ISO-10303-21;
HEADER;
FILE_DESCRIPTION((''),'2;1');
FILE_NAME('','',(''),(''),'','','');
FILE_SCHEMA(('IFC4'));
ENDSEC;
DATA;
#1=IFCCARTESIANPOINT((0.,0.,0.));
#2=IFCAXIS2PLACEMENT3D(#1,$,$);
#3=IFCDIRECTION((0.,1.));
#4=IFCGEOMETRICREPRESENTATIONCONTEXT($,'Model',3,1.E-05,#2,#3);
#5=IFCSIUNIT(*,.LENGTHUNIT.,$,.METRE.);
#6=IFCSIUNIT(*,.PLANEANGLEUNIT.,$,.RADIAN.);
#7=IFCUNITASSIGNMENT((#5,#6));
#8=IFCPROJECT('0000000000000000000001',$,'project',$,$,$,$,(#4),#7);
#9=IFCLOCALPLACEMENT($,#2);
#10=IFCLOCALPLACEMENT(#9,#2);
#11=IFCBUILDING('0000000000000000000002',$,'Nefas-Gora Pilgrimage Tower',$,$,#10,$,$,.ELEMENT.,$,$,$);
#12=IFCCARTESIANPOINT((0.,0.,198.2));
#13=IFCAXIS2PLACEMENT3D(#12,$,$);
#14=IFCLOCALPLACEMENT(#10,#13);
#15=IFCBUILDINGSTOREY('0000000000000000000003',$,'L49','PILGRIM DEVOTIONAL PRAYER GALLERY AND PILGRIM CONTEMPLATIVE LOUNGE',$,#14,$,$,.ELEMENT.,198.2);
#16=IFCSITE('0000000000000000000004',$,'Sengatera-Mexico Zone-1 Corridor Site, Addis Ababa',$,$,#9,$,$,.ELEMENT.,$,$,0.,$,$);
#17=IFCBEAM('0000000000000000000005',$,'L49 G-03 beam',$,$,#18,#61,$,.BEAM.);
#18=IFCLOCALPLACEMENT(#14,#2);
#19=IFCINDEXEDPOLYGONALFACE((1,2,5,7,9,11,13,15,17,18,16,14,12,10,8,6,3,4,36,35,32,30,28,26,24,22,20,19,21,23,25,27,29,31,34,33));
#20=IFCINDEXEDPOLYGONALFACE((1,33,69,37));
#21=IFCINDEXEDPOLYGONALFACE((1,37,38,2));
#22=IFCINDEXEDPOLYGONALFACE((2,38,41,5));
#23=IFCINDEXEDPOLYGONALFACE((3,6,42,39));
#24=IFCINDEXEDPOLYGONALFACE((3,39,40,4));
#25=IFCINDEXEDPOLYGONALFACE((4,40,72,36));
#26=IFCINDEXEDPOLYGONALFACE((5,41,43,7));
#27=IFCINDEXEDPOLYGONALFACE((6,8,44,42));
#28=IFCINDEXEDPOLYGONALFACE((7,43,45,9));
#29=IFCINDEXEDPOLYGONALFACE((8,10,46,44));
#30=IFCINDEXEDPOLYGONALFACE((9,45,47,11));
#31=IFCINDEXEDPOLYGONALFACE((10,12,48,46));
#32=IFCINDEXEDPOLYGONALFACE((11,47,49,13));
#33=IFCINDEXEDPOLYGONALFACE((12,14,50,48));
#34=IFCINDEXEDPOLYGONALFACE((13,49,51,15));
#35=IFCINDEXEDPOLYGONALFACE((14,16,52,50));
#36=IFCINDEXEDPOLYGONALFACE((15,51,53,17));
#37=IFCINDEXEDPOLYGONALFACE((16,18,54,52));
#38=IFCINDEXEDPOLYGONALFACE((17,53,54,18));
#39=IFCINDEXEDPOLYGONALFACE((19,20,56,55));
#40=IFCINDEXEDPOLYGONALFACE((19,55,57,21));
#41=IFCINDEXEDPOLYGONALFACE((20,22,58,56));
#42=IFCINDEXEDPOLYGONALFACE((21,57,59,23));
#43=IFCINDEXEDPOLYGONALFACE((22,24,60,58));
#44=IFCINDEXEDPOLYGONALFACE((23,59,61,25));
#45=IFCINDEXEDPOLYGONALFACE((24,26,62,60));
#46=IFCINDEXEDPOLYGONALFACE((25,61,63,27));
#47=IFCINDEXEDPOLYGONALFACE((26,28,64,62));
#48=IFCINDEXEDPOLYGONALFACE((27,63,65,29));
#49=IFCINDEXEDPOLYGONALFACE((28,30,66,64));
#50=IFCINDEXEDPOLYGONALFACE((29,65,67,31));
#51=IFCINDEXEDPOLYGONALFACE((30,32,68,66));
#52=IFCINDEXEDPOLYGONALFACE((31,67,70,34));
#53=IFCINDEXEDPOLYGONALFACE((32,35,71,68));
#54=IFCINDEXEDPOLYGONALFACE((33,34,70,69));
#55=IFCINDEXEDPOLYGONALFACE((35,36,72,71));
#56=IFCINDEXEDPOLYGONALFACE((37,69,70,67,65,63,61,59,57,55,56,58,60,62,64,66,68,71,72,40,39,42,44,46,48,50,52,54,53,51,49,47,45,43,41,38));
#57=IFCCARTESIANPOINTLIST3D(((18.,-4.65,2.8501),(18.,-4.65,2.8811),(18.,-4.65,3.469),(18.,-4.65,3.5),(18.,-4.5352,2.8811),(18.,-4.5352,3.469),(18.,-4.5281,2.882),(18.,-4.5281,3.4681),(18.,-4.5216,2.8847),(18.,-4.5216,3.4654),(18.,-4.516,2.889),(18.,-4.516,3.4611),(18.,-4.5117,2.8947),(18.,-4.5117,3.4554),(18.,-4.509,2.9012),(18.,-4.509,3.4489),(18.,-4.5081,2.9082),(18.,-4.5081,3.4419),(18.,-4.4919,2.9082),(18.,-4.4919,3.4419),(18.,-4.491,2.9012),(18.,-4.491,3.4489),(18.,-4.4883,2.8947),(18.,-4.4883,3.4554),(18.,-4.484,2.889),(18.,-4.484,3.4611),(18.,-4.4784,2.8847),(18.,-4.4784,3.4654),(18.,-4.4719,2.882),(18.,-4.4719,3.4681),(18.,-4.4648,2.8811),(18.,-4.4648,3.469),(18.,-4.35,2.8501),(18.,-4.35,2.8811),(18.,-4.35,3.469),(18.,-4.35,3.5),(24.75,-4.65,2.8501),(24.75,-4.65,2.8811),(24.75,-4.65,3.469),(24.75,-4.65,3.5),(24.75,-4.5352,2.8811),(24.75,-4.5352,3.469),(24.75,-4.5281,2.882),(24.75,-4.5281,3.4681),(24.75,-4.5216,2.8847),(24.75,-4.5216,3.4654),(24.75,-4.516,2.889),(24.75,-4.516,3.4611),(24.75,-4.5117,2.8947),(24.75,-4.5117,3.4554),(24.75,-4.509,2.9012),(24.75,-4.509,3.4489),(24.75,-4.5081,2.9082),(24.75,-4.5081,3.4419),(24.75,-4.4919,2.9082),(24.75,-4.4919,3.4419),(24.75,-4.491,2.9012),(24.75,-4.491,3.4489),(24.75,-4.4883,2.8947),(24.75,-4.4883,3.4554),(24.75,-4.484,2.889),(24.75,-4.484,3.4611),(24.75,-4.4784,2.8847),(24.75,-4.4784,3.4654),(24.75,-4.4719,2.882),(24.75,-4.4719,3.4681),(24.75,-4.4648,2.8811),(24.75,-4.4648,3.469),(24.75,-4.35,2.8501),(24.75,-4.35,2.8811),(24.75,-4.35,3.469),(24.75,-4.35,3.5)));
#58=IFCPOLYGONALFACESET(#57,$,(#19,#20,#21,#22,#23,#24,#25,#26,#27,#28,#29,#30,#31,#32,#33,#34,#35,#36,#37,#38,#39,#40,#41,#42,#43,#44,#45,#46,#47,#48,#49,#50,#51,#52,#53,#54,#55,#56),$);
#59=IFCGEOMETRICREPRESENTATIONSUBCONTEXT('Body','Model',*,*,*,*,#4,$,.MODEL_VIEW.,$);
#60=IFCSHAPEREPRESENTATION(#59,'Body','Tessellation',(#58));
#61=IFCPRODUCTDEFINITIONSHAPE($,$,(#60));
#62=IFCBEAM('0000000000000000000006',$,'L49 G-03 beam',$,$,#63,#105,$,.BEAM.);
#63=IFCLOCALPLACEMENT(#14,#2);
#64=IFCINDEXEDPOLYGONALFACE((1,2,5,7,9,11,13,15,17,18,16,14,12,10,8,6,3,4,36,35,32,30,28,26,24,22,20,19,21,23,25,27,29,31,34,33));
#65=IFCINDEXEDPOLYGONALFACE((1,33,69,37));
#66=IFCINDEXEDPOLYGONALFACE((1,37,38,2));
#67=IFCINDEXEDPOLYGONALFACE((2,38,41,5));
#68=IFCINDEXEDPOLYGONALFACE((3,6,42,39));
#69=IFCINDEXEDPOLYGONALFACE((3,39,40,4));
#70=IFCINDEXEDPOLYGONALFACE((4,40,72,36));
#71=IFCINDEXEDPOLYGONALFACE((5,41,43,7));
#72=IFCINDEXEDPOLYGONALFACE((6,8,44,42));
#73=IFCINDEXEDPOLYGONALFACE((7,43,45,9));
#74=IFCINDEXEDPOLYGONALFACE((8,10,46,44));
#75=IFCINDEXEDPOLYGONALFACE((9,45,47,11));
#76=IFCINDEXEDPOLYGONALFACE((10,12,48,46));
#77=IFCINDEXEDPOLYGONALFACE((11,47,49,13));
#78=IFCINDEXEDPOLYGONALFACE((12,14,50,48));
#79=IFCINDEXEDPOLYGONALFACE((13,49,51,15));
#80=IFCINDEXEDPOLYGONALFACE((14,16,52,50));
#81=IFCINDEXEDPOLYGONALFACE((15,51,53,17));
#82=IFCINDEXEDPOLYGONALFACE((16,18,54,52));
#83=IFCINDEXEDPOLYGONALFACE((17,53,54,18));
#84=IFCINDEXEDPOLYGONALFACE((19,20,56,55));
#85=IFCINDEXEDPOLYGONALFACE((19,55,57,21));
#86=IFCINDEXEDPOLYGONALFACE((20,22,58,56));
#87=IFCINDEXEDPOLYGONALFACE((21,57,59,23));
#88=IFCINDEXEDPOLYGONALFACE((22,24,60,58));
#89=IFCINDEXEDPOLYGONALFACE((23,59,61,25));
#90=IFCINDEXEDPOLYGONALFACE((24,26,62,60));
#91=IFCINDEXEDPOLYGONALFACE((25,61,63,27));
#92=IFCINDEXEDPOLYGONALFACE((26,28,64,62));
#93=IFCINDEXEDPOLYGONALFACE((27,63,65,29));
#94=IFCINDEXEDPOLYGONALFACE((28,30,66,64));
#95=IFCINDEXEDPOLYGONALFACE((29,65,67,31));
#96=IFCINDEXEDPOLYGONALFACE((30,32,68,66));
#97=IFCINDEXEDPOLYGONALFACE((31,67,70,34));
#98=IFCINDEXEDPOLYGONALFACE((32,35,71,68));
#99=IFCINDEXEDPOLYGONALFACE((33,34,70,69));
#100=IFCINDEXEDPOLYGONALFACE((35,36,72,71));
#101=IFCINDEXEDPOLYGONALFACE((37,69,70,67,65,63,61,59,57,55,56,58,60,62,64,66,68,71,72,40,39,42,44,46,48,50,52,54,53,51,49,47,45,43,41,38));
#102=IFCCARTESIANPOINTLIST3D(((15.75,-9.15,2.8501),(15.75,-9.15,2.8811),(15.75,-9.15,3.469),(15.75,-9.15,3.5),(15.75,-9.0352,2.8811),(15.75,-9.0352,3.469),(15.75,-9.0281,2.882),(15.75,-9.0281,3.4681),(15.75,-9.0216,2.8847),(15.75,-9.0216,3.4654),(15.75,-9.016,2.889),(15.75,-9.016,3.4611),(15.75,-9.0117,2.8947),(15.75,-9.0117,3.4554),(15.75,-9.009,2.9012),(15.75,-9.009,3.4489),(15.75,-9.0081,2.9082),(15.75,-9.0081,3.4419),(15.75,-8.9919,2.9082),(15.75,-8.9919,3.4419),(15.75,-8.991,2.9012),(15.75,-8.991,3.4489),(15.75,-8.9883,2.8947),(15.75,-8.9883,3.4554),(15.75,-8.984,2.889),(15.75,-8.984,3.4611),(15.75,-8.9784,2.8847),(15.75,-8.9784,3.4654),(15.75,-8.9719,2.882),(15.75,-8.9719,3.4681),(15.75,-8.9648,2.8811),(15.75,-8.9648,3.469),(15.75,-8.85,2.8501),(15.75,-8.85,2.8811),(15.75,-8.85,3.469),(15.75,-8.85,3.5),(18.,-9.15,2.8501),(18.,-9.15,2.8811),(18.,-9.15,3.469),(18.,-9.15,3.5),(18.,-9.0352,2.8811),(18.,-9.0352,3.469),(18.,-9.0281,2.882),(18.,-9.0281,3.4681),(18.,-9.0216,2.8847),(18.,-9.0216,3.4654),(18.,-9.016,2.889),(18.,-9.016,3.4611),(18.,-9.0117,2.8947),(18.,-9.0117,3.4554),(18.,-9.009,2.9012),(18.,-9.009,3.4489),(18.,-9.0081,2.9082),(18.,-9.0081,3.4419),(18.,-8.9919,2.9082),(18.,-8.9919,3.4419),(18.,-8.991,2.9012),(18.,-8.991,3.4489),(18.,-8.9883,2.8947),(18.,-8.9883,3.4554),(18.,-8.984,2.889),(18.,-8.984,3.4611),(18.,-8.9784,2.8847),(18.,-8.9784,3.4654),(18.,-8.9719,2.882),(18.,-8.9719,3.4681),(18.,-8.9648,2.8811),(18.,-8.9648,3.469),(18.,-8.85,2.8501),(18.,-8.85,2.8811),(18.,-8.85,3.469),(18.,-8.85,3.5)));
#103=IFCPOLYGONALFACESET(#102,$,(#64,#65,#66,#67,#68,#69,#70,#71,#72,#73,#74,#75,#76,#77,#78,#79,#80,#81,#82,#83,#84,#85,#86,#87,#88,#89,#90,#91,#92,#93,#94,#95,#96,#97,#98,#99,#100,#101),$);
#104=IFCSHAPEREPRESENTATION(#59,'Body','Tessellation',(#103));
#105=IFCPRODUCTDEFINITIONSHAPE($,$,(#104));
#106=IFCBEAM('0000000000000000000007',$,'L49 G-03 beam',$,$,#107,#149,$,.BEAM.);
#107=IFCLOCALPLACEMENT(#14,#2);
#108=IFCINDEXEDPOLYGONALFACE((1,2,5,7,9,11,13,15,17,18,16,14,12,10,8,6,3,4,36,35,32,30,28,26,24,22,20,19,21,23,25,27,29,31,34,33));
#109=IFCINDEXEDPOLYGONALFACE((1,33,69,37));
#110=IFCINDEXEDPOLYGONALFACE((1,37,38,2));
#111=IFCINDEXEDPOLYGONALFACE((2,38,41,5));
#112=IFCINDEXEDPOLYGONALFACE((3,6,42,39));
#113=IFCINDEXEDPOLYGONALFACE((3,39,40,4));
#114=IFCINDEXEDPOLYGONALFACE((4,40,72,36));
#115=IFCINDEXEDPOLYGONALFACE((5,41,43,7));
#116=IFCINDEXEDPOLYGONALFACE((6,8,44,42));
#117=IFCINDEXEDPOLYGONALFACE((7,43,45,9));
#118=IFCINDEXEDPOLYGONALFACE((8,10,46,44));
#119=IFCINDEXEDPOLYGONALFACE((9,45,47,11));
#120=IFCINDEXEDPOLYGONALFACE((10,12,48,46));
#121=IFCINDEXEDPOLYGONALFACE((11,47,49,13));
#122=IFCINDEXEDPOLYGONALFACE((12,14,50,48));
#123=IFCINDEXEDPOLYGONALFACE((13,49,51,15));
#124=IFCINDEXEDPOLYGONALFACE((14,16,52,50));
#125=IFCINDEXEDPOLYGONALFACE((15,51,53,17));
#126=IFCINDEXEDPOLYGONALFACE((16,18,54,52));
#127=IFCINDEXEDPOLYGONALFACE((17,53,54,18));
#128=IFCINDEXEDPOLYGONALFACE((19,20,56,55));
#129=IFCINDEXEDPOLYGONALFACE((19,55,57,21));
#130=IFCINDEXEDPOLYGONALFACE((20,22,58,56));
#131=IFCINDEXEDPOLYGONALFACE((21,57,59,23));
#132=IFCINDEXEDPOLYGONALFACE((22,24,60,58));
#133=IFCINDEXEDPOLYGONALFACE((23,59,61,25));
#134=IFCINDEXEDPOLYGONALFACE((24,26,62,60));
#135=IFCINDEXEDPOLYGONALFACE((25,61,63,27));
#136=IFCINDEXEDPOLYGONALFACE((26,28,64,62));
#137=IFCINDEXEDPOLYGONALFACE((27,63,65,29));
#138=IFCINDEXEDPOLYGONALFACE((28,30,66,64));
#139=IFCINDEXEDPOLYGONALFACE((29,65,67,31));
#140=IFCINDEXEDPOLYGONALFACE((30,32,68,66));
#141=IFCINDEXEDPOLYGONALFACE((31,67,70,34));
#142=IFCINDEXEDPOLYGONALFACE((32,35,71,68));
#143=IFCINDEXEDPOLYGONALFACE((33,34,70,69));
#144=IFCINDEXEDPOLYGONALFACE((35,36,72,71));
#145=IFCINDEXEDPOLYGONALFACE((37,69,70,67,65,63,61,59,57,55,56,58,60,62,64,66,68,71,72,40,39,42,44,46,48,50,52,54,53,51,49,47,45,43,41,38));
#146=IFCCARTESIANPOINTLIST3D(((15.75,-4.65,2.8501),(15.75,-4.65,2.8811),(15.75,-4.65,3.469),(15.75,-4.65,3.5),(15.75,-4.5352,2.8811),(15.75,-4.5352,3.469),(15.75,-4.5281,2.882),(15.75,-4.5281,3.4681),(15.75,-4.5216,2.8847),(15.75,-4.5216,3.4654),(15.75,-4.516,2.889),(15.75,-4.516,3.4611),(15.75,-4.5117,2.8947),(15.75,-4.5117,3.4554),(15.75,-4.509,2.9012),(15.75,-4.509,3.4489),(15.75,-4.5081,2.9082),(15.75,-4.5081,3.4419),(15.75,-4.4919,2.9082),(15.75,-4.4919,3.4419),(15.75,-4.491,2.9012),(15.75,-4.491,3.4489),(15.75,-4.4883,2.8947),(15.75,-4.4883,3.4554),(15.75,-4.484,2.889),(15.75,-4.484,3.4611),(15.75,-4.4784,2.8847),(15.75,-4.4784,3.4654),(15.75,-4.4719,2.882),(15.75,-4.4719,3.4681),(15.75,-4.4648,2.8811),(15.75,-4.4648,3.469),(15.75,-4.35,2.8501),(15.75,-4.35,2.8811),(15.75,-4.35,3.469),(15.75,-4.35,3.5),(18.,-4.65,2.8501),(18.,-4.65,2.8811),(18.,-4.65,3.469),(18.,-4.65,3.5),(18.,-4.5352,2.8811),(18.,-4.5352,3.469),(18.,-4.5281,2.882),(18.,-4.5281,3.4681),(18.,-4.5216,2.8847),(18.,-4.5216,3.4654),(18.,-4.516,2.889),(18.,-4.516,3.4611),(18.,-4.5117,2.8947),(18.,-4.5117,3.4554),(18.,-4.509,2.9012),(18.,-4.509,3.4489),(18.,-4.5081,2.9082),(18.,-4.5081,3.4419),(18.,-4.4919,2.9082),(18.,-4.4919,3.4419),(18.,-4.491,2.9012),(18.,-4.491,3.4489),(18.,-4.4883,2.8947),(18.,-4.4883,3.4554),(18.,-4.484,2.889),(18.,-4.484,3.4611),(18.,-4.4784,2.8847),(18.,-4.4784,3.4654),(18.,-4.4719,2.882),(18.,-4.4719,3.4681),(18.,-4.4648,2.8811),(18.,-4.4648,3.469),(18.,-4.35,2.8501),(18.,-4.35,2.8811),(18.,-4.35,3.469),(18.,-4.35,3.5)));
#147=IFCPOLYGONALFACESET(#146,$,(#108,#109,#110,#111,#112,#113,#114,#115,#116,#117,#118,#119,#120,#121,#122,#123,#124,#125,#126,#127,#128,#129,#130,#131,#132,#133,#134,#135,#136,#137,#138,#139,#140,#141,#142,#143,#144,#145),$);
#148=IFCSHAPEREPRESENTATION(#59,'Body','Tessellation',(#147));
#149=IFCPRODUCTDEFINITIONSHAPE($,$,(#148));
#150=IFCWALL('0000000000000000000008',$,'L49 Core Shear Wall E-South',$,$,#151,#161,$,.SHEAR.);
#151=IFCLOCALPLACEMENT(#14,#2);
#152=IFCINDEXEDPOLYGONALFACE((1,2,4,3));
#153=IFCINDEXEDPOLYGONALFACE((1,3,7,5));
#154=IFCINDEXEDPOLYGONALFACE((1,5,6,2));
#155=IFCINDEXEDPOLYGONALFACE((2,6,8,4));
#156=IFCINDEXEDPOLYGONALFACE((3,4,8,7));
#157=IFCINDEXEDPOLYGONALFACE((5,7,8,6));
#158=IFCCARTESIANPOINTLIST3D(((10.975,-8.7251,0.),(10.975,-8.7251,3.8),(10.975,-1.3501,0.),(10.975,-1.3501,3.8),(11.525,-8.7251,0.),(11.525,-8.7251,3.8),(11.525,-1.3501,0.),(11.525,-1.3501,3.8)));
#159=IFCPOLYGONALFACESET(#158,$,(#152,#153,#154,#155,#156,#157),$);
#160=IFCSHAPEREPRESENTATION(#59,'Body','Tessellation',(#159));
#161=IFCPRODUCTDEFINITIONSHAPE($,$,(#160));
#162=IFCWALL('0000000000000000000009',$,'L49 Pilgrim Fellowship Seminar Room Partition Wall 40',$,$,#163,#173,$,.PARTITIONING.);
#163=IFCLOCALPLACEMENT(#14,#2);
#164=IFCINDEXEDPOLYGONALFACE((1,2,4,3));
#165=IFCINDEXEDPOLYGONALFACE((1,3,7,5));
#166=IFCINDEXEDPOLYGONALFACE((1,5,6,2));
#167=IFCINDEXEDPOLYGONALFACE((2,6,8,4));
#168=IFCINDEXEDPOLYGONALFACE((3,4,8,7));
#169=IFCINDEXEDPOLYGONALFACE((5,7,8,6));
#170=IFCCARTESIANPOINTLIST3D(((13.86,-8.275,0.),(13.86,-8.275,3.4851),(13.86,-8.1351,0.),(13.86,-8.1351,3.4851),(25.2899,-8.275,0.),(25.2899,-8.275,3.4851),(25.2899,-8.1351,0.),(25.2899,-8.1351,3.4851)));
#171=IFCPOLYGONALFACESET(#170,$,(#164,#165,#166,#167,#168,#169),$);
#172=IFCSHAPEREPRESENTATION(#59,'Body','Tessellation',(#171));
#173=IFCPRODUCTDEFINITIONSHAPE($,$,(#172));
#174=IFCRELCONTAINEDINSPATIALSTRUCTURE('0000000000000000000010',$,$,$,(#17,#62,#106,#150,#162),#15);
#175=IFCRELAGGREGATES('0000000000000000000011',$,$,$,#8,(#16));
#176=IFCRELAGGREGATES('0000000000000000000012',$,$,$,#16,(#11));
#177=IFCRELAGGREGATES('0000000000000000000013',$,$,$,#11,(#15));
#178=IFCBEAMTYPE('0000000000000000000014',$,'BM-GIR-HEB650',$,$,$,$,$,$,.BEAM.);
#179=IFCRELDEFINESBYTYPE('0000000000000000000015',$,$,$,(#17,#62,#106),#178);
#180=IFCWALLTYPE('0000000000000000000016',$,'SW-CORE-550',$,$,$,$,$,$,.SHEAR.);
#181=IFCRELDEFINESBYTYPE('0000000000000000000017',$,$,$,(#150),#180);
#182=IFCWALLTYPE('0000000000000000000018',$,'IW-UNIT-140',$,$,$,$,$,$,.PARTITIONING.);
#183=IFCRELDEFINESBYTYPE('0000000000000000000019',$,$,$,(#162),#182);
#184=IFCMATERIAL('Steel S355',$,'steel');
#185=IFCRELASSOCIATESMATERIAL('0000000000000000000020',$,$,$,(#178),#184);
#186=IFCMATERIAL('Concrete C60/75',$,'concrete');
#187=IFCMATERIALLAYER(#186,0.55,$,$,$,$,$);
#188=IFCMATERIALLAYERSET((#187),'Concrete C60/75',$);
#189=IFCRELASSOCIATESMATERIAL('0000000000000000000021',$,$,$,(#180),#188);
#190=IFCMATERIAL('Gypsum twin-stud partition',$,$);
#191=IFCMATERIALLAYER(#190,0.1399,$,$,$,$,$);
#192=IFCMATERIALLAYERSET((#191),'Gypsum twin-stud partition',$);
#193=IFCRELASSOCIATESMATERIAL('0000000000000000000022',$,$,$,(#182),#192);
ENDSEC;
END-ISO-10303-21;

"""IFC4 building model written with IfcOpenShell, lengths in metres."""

from ifc_helpers import new_model, si_unit, direction, frame, frame_2d, origin, origin_2d, place, context, subcontext, project, spatial, rectangle, i_section, extrude, source, transform, mapped, material, layer, layer_set, material_profile, profile_set, type_object, element, save


model = new_model("IFC4")

# Units and contexts
model_context = context("Model", 3, precision=1e-05, world=origin(), true_north=direction((0.0, 1.0)))
body_context = subcontext(model_context, "Body", "Model", "MODEL_VIEW")
ifc_project = project(units=[si_unit("LENGTHUNIT", "METRE"), si_unit("PLANEANGLEUNIT", "RADIAN")], contexts=[model_context])

# Site, building, storey
site_placement = place(None, origin())
site = spatial("IfcSite", under=ifc_project, at=site_placement, Name="Sengatera-Mexico Zone-1 Corridor Site, Addis Ababa", CompositionType="ELEMENT", RefElevation=0.0)
building_placement = place(site_placement, origin())
building = spatial("IfcBuilding", under=site, at=building_placement, Name="Nefas-Gora Pilgrimage Tower", CompositionType="ELEMENT")
storey_placement = place(building_placement, frame((0.0, 0.0, 198.2)))
storey = spatial("IfcBuildingStorey", under=building, at=storey_placement, Name="L49", Description="PILGRIM DEVOTIONAL PRAYER GALLERY AND PILGRIM CONTEMPLATIVE LOUNGE", CompositionType="ELEMENT", Elevation=198.2)

# Beams
ifc_material_1 = material(Name="Concrete C60/75", Category="concrete")
ifc_material_2 = material(Name="Steel S355", Category="steel")
ifc_material_profile_1 = material_profile(ifc_material_2, i_section(OverallWidth=0.3, OverallDepth=0.6499, WebThickness=0.0161, FlangeThickness=0.031, FilletRadius=0.0271, at=origin_2d()), Name="HEB 650")
ifc_profile_set_1 = profile_set([ifc_material_profile_1], Name="Steel S355")
beam_type_1 = type_object("IfcBeamType", Name="BM-GIR-HEB650", PredefinedType="BEAM", material=ifc_profile_set_1)
shared_shape_1 = source(origin(), body_context, "Body", "SweptSolid", [
    extrude(i_section(OverallWidth=0.3, OverallDepth=0.6499, WebThickness=0.0161, FlangeThickness=0.031, FilletRadius=0.0271, at=origin_2d()), origin(), (0.0, 0.0, 1.0), 6.75),
])
for number, where, z_axis, x_axis, name in (
    (1, (18.0, -4.5, 3.175), (1.0, 0.0, 0.0), (0.0, 1.0, 0.0), "L49 G-03 beam"),
):
    element("IfcBeam", number, at=place(storey_placement, frame(where, z_axis=z_axis, x_axis=x_axis)), inside=storey, type_object=beam_type_1, Name=name, PredefinedType="BEAM", context=body_context, shape_type="MappedRepresentation", body=[
        mapped(shared_shape_1, transform((0.0, 0.0, 0.0), x_axis=(1.0, 0.0, 0.0), y_axis=(0.0, 1.0, 0.0), z_axis=(0.0, 0.0, 1.0), scale=1.0)),
    ])
shared_shape_2 = source(origin(), body_context, "Body", "SweptSolid", [
    extrude(i_section(OverallWidth=0.3, OverallDepth=0.6499, WebThickness=0.0161, FlangeThickness=0.031, FilletRadius=0.0271, at=origin_2d()), origin(), (0.0, 0.0, 1.0), 2.25),
])
for number, where, z_axis, x_axis, name in (
    (2, (15.75, -9.0, 3.175), (1.0, 0.0, 0.0), (0.0, 1.0, 0.0), "L49 G-03 beam"),
    (3, (15.75, -4.5, 3.175), (1.0, 0.0, 0.0), (0.0, 1.0, 0.0), "L49 G-03 beam"),
):
    element("IfcBeam", number, at=place(storey_placement, frame(where, z_axis=z_axis, x_axis=x_axis)), inside=storey, type_object=beam_type_1, Name=name, PredefinedType="BEAM", context=body_context, shape_type="MappedRepresentation", body=[
        mapped(shared_shape_2, transform((0.0, 0.0, 0.0), x_axis=(1.0, 0.0, 0.0), y_axis=(0.0, 1.0, 0.0), z_axis=(0.0, 0.0, 1.0), scale=1.0)),
    ])

# Wall
ifc_layer_1 = layer(ifc_material_1, 0.55)
ifc_layer_set_1 = layer_set([ifc_layer_1], Name="Concrete C60/75")
wall_type_1 = type_object("IfcWallType", Name="SW-CORE-550", PredefinedType="SHEAR", material=ifc_layer_set_1)
shared_shape_3 = source(origin(), body_context, "Body", "SweptSolid", [
    extrude(rectangle(XDim=7.375, YDim=0.55, at=frame_2d((3.6875, 0.0))), origin(), (0.0, 0.0, 1.0), 3.8),
])
wall_1_placement = place(storey_placement, frame((11.25, -8.7251, 0.0), z_axis=(0.0, 0.0, 1.0), x_axis=(0.0, 1.0, 0.0)))
element("IfcWall", 4, at=wall_1_placement, inside=storey, type_object=wall_type_1, Name="L49 Core Shear Wall E-South", PredefinedType="SHEAR", context=body_context, shape_type="MappedRepresentation", body=[
    mapped(shared_shape_3, transform((0.0, 0.0, 0.0), x_axis=(1.0, 0.0, 0.0), y_axis=(0.0, 1.0, 0.0), z_axis=(0.0, 0.0, 1.0), scale=1.0)),
])

# Wall
ifc_material_3 = material(Name="Gypsum twin-stud partition")
ifc_layer_2 = layer(ifc_material_3, 0.1399)
ifc_layer_set_2 = layer_set([ifc_layer_2], Name="Gypsum twin-stud partition")
wall_type_2 = type_object("IfcWallType", Name="IW-UNIT-140", PredefinedType="PARTITIONING", material=ifc_layer_set_2)
shared_shape_4 = source(origin(), body_context, "Body", "SweptSolid", [
    extrude(rectangle(XDim=11.4299, YDim=0.1399, at=frame_2d((5.7148, 0.0))), origin(), (0.0, 0.0, 1.0), 3.4851),
])
wall_2_placement = place(storey_placement, frame((13.8601, -8.2051, 0.0), z_axis=(0.0, 0.0, 1.0), x_axis=(1.0, 0.0, 0.0)))
element("IfcWall", 5, at=wall_2_placement, inside=storey, type_object=wall_type_2, Name="L49 Pilgrim Fellowship Seminar Room Partition Wall 40", PredefinedType="PARTITIONING", context=body_context, shape_type="MappedRepresentation", body=[
    mapped(shared_shape_4, transform((0.0, 0.0, 0.0), x_axis=(1.0, 0.0, 0.0), y_axis=(0.0, 1.0, 0.0), z_axis=(0.0, 0.0, 1.0), scale=1.0)),
])

save(model, "model.ifc")
